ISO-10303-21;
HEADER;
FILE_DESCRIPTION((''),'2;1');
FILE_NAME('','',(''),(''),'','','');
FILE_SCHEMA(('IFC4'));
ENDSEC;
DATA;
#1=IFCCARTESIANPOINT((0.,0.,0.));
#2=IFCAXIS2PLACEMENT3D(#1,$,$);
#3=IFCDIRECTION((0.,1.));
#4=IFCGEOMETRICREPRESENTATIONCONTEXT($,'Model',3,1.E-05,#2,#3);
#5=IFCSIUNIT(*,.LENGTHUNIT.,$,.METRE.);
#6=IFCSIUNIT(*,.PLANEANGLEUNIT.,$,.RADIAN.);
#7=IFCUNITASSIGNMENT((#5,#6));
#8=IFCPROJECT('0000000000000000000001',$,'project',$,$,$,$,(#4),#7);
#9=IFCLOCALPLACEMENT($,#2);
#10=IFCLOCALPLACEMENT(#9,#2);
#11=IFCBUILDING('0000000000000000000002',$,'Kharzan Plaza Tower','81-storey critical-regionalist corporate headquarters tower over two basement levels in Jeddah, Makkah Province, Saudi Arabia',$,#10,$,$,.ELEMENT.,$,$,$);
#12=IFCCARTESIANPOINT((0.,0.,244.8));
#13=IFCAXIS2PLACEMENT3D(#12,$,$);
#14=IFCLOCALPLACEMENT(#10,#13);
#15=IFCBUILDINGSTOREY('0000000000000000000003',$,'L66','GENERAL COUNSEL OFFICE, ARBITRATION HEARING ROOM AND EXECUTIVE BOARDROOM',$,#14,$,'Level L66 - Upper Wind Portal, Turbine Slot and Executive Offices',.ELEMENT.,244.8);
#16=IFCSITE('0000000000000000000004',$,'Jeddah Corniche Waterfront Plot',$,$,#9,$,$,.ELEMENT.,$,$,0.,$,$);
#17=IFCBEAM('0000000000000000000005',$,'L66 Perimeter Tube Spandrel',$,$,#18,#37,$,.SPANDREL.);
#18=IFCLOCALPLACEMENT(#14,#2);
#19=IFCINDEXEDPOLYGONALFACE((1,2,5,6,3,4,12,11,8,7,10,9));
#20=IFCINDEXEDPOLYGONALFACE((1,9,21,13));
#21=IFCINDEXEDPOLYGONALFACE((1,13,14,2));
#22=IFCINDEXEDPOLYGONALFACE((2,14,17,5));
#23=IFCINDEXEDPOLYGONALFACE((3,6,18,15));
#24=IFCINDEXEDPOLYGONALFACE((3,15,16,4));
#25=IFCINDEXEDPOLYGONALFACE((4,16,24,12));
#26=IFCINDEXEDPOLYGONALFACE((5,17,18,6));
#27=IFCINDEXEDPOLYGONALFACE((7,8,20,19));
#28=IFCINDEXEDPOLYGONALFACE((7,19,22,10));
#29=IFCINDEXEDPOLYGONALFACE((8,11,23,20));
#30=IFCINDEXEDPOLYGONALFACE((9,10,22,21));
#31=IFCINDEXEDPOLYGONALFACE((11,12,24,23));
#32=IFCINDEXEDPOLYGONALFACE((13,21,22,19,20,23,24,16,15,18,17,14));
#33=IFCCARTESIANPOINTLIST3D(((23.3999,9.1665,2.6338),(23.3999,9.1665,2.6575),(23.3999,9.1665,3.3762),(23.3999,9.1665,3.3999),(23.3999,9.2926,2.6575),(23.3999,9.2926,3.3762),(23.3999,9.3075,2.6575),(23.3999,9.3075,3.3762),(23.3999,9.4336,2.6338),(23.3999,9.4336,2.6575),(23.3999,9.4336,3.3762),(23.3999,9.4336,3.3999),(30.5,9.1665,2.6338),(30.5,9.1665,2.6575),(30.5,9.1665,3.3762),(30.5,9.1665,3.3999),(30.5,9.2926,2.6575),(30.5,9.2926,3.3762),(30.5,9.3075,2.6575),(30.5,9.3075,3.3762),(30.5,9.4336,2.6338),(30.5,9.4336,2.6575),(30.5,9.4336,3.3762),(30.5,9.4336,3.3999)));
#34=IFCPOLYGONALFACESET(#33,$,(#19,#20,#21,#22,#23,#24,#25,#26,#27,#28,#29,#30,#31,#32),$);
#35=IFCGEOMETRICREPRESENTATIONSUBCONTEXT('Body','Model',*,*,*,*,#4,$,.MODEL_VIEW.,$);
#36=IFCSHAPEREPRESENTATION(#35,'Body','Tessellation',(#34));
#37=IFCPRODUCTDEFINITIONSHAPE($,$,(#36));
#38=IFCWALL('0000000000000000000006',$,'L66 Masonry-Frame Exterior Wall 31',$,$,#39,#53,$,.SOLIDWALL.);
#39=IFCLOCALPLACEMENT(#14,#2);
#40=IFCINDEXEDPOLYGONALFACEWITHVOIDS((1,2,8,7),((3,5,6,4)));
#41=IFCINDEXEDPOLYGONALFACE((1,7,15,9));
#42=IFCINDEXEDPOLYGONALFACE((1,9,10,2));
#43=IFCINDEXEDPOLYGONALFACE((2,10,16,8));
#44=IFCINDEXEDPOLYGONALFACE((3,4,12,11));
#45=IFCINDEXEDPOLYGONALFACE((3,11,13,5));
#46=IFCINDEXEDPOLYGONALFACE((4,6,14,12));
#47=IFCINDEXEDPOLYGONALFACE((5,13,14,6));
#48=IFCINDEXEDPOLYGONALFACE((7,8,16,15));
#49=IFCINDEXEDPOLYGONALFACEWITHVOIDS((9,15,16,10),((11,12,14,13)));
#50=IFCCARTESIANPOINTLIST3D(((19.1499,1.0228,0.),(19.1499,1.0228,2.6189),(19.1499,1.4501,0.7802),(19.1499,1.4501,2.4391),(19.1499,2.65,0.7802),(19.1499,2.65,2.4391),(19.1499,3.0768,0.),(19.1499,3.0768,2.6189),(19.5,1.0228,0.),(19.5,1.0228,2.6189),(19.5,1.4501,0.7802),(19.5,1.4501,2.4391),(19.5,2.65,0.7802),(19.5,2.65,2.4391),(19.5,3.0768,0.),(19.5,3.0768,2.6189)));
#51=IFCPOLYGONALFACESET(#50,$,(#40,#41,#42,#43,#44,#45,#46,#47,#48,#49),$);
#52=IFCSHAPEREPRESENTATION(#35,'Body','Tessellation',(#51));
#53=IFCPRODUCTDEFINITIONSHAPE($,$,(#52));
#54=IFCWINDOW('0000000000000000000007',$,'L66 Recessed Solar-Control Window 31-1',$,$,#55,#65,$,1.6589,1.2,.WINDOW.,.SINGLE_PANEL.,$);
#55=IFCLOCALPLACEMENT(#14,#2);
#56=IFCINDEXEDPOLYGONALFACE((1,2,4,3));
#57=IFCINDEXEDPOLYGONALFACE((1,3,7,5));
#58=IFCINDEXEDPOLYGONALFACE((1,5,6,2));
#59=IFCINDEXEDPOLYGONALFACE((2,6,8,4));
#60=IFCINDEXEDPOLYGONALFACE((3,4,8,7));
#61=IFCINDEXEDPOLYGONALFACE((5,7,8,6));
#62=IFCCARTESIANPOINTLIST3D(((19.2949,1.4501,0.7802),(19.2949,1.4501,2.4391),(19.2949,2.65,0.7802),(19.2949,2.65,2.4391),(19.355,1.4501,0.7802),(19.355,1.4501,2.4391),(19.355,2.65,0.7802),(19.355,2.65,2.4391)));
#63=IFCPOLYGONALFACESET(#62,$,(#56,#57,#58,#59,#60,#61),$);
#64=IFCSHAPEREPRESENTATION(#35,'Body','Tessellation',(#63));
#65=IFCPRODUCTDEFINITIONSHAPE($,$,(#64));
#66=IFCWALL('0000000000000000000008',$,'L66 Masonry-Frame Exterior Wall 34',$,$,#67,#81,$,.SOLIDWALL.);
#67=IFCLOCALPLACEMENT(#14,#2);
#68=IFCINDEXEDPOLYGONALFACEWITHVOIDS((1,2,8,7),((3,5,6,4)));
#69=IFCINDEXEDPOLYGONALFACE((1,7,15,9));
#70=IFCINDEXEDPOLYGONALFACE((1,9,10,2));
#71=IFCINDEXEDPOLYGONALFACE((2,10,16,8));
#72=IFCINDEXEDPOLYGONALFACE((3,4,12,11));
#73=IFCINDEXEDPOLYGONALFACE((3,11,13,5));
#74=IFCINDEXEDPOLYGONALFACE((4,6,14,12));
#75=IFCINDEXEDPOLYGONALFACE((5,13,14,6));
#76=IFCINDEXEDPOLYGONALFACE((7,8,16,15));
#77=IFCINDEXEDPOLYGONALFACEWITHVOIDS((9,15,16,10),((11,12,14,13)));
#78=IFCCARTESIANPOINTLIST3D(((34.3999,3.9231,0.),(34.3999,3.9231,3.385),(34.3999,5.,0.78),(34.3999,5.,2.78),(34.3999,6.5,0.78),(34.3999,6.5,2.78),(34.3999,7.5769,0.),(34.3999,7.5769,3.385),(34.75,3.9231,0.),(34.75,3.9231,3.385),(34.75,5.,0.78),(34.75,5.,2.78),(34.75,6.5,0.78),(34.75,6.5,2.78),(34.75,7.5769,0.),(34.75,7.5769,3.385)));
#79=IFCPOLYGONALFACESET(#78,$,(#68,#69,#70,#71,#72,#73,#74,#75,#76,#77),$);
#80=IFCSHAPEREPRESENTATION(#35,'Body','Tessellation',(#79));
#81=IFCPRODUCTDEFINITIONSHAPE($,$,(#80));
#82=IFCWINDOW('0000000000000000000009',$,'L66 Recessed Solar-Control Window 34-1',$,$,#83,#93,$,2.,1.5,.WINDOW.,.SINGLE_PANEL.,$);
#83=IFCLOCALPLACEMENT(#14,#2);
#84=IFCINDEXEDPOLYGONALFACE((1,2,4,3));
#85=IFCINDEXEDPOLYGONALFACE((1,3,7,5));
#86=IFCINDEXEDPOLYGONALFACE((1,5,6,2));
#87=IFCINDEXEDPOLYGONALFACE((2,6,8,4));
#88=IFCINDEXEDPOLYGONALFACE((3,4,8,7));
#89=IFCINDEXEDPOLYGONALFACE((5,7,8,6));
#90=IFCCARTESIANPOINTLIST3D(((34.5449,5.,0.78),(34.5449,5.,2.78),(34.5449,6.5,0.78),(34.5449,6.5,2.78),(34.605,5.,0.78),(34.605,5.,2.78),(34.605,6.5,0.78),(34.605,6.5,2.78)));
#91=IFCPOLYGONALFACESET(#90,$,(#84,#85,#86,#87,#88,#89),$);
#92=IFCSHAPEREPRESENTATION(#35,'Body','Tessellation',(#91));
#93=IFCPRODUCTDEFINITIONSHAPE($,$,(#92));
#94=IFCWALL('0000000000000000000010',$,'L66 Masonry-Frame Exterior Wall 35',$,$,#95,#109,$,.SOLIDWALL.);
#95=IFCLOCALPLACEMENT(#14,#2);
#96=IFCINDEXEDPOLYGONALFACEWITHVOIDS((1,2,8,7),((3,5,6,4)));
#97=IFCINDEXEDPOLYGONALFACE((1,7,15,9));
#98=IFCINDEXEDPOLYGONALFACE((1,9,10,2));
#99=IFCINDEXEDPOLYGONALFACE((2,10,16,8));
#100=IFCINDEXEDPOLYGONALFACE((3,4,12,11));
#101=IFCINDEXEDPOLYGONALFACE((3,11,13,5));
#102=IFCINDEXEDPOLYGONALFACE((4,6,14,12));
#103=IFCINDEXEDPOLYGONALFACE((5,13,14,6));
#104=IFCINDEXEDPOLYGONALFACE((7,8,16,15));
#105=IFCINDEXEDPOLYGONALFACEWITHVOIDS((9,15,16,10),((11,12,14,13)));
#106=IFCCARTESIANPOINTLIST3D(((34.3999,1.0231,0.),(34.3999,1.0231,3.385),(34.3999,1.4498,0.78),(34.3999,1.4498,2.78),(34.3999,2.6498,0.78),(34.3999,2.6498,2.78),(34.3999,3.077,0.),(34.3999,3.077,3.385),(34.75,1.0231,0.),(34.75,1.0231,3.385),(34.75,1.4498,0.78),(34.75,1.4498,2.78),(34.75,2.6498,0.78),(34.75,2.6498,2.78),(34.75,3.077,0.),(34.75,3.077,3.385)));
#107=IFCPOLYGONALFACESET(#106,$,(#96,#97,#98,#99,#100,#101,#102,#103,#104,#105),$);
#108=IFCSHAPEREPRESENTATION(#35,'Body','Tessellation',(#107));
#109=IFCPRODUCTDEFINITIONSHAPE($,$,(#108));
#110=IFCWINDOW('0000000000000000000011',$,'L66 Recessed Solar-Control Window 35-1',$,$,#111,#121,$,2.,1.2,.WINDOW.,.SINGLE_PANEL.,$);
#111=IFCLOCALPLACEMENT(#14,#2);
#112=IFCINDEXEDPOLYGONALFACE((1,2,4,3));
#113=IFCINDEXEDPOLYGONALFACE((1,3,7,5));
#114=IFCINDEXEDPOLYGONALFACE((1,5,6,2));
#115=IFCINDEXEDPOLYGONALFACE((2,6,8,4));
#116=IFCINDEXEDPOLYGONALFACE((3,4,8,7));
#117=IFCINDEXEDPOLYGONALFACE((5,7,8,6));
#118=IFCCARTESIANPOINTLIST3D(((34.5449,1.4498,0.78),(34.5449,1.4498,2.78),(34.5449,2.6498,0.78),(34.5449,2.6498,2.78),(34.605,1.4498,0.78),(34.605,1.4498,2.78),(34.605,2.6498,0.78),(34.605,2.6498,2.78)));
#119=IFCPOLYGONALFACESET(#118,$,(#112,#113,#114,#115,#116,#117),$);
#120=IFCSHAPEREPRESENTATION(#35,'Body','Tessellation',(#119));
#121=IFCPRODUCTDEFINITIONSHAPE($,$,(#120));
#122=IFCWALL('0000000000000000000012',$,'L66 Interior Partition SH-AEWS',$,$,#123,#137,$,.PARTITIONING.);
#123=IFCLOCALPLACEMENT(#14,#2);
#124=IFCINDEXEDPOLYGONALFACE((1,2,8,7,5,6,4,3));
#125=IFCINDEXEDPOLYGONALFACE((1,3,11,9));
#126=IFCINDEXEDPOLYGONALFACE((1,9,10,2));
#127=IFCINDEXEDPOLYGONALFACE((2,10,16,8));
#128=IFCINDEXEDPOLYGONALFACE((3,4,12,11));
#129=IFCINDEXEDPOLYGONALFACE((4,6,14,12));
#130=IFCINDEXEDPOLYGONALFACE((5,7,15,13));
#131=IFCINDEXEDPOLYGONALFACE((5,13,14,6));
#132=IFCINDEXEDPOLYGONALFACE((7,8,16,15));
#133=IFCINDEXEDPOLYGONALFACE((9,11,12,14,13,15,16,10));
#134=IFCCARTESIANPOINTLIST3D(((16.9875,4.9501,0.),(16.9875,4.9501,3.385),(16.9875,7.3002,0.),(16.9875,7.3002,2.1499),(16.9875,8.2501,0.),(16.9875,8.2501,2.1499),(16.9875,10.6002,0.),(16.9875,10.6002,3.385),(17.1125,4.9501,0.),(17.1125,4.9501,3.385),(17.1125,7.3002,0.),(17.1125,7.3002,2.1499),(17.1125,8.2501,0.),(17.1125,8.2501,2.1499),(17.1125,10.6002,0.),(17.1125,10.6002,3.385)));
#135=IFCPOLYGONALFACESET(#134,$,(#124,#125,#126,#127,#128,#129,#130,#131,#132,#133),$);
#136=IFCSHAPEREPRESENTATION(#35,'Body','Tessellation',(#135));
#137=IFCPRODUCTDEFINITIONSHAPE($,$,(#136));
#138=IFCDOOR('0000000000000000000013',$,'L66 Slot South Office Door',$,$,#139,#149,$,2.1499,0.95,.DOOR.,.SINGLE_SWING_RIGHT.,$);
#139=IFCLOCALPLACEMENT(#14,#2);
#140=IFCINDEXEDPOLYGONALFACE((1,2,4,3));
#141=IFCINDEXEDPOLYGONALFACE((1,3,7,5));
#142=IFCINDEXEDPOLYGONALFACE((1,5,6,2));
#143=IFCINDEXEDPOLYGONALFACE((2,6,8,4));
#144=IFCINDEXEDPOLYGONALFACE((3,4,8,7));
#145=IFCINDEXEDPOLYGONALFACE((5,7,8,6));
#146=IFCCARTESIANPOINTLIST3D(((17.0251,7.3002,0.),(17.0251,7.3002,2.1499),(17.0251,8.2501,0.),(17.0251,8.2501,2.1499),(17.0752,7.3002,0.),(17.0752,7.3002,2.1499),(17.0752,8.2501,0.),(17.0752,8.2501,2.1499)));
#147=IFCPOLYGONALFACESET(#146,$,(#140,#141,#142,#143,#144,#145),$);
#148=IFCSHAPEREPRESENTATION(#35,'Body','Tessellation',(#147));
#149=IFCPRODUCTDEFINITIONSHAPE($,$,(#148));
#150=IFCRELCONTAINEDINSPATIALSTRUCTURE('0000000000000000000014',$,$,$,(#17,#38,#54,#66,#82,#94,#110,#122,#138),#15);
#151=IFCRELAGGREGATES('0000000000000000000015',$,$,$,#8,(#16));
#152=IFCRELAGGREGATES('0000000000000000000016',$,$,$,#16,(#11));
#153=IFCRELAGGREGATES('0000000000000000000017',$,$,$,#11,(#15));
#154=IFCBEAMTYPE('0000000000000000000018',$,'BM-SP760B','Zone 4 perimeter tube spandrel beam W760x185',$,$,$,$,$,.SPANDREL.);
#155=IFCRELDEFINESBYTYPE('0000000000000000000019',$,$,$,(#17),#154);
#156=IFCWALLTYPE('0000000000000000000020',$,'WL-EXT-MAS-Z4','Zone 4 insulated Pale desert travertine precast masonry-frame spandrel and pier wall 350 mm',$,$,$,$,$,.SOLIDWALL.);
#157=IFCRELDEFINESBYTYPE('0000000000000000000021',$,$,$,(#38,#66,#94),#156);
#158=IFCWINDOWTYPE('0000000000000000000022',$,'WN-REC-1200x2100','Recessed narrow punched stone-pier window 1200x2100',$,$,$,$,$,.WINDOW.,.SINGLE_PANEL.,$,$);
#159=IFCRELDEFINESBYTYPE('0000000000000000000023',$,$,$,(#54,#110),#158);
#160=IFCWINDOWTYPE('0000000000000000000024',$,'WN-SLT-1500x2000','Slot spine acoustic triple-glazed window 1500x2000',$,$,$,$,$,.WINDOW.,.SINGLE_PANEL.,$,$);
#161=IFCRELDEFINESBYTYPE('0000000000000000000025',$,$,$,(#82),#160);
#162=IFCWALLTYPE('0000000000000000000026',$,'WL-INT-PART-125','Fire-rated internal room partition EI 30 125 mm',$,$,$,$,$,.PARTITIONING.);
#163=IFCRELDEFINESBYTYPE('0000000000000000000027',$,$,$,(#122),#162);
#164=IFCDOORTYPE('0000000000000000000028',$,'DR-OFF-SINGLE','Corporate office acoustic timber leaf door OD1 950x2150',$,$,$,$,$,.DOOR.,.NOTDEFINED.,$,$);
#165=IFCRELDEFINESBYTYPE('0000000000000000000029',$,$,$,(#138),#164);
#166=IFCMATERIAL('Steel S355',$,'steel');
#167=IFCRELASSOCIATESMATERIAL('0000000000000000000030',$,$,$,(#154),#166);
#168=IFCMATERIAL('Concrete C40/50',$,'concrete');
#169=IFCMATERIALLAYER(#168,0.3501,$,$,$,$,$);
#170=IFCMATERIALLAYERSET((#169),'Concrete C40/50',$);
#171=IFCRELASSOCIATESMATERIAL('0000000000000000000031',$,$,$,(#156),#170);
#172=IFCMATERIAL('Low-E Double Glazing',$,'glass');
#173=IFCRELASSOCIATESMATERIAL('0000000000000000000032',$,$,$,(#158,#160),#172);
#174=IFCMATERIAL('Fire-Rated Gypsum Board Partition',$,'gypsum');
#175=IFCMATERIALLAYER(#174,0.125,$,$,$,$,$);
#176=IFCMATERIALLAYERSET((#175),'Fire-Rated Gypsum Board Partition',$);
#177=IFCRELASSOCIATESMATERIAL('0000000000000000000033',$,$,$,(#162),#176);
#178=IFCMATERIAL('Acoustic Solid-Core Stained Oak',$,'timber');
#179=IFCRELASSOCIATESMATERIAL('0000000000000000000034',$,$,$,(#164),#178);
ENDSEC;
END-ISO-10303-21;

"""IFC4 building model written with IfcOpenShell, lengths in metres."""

from ifc_helpers import new_model, si_unit, direction, frame, frame_2d, origin, origin_2d, place, context, subcontext, project, spatial, rectangle, i_section, extrude, source, transform, mapped, material, layer, layer_set, material_profile, profile_set, type_object, element, fill, save


model = new_model("IFC4")

# Units and contexts
model_context = context("Model", 3, precision=1e-05, world=origin(), true_north=direction((0.0, 1.0)))
body_context = subcontext(model_context, "Body", "Model", "MODEL_VIEW")
ifc_project = project(units=[si_unit("LENGTHUNIT", "METRE"), si_unit("PLANEANGLEUNIT", "RADIAN")], contexts=[model_context])

# Site, building, storey
site_placement = place(None, origin())
site = spatial("IfcSite", under=ifc_project, at=site_placement, Name="Jeddah Corniche Waterfront Plot", CompositionType="ELEMENT", RefElevation=0.0)
building_placement = place(site_placement, origin())
building = spatial("IfcBuilding", under=site, at=building_placement, Name="Kharzan Plaza Tower", Description="81-storey critical-regionalist corporate headquarters tower over two basement levels in Jeddah, Makkah Province, Saudi Arabia", CompositionType="ELEMENT")
storey_placement = place(building_placement, frame((0.0, 0.0, 244.8)))
storey = spatial("IfcBuildingStorey", under=building, at=storey_placement, Name="L66", Description="GENERAL COUNSEL OFFICE, ARBITRATION HEARING ROOM AND EXECUTIVE BOARDROOM", LongName="Level L66 - Upper Wind Portal, Turbine Slot and Executive Offices", CompositionType="ELEMENT", Elevation=244.8)

# Beam
ifc_material_1 = material(Name="Steel S355", Category="steel")
ifc_material_profile_1 = material_profile(ifc_material_1, i_section(OverallWidth=0.2671, OverallDepth=0.7661, WebThickness=0.0149, FlangeThickness=0.0237, at=origin_2d()), Name="W760x185")
ifc_profile_set_1 = profile_set([ifc_material_profile_1], Name="Steel S355")
beam_type_1 = type_object("IfcBeamType", Name="BM-SP760B", Description="Zone 4 perimeter tube spandrel beam W760x185", PredefinedType="SPANDREL", material=ifc_profile_set_1)
shared_shape_1 = source(origin(), body_context, "Body", "SweptSolid", [
    extrude(i_section(OverallWidth=0.2671, OverallDepth=0.7661, WebThickness=0.0149, FlangeThickness=0.0237, at=origin_2d()), origin(), (0.0, 0.0, 1.0), 7.1001),
])
beam_1_placement = place(storey_placement, frame((23.3999, 9.3, 3.0168), z_axis=(1.0, 0.0, 0.0), x_axis=(0.0, 1.0, 0.0)))
element("IfcBeam", 1, at=beam_1_placement, inside=storey, type_object=beam_type_1, Name="L66 Perimeter Tube Spandrel", PredefinedType="SPANDREL", context=body_context, shape_type="MappedRepresentation", body=[
    mapped(shared_shape_1, transform((0.0, 0.0, 0.0), x_axis=(1.0, 0.0, 0.0), y_axis=(0.0, 1.0, 0.0), z_axis=(0.0, 0.0, 1.0))),
])

# Walls, openings, windows
ifc_material_2 = material(Name="Concrete C40/50", Category="concrete")
ifc_layer_1 = layer(ifc_material_2, 0.3501)
ifc_layer_set_1 = layer_set([ifc_layer_1], Name="Concrete C40/50")
wall_type_1 = type_object("IfcWallType", Name="WL-EXT-MAS-Z4", Description="Zone 4 insulated Pale desert travertine precast masonry-frame spandrel and pier wall 350 mm", PredefinedType="SOLIDWALL", material=ifc_layer_set_1)
wall_1_placement = place(storey_placement, frame((19.325, 1.0229, 0.0), z_axis=(0.0, 0.0, 1.0), x_axis=(0.0, 1.0, 0.0)))
wall_1 = element("IfcWall", 2, at=wall_1_placement, inside=storey, type_object=wall_type_1, Name="L66 Masonry-Frame Exterior Wall 31", PredefinedType="SOLIDWALL", context=body_context, shape_type="SweptSolid", body=[
    extrude(rectangle(XDim=2.054, YDim=0.3501, at=frame_2d((1.0269, 0.0))), origin(), (0.0, 0.0, 1.0), 2.6189),
])
opening_1_placement = place(wall_1_placement, frame((0.427, 0.0, 0.78)))
opening_1 = element("IfcOpeningElement", 3, at=opening_1_placement, cuts=wall_1, PredefinedType="OPENING", context=body_context, shape_type="SweptSolid", body=[
    extrude(rectangle(XDim=1.2, YDim=1.6589, at=frame_2d((0.6001, 0.8296))), frame((0.0, 0.1851, 0.0), z_axis=(0.0, -1.0, 0.0), x_axis=(1.0, 0.0, 0.0)), (0.0, 0.0, 1.0), 0.3701),
])
ifc_material_3 = material(Name="Low-E Double Glazing", Category="glass")
window_type_1 = type_object("IfcWindowType", Name="WN-REC-1200x2100", Description="Recessed narrow punched stone-pier window 1200x2100", PartitioningType="SINGLE_PANEL", PredefinedType="WINDOW", material=ifc_material_3)
shared_shape_2 = source(origin(), body_context, "Body", "SweptSolid", [
    extrude(rectangle(XDim=1.2, YDim=1.6589, at=frame_2d((0.6001, 0.8296))), frame((0.0, 0.03, 0.0), z_axis=(0.0, -1.0, 0.0), x_axis=(1.0, 0.0, 0.0)), (0.0, 0.0, 1.0), 0.0601),
])
window_1_placement = place(opening_1_placement, origin())
window_1 = element("IfcWindow", 4, at=window_1_placement, inside=storey, type_object=window_type_1, Name="L66 Recessed Solar-Control Window 31-1", OverallHeight=1.6589, OverallWidth=1.2, PartitioningType="SINGLE_PANEL", PredefinedType="WINDOW", context=body_context, shape_type="MappedRepresentation", body=[
    mapped(shared_shape_2, transform((0.0, 0.0, 0.0), x_axis=(1.0, 0.0, 0.0), y_axis=(0.0, 1.0, 0.0), z_axis=(0.0, 0.0, 1.0))),
])
fill(opening_1, window_1)
wall_2_placement = place(storey_placement, frame((34.575, 7.5769, 0.0), z_axis=(0.0, 0.0, 1.0), x_axis=(0.0, -1.0, 0.0)))
wall_2 = element("IfcWall", 5, at=wall_2_placement, inside=storey, type_object=wall_type_1, Name="L66 Masonry-Frame Exterior Wall 34", PredefinedType="SOLIDWALL", context=body_context, shape_type="SweptSolid", body=[
    extrude(rectangle(XDim=3.6538, YDim=0.3501, at=frame_2d((1.8269, 0.0))), origin(), (0.0, 0.0, 1.0), 3.385),
])
opening_2_placement = place(wall_2_placement, frame((1.0769, 0.0, 0.78)))
opening_2 = element("IfcOpeningElement", 6, at=opening_2_placement, cuts=wall_2, PredefinedType="OPENING", context=body_context, shape_type="SweptSolid", body=[
    extrude(rectangle(XDim=1.5, YDim=2.0, at=frame_2d((0.75, 1.0))), frame((0.0, 0.1851, 0.0), z_axis=(0.0, -1.0, 0.0), x_axis=(1.0, 0.0, 0.0)), (0.0, 0.0, 1.0), 0.3701),
])
window_type_2 = type_object("IfcWindowType", Name="WN-SLT-1500x2000", Description="Slot spine acoustic triple-glazed window 1500x2000", PartitioningType="SINGLE_PANEL", PredefinedType="WINDOW", material=ifc_material_3)
shared_shape_3 = source(origin(), body_context, "Body", "SweptSolid", [
    extrude(rectangle(XDim=1.5, YDim=2.0, at=frame_2d((0.75, 1.0))), frame((0.0, 0.03, 0.0), z_axis=(0.0, -1.0, 0.0), x_axis=(1.0, 0.0, 0.0)), (0.0, 0.0, 1.0), 0.0601),
])
window_2_placement = place(opening_2_placement, origin())
window_2 = element("IfcWindow", 7, at=window_2_placement, inside=storey, type_object=window_type_2, Name="L66 Recessed Solar-Control Window 34-1", OverallHeight=2.0, OverallWidth=1.5, PartitioningType="SINGLE_PANEL", PredefinedType="WINDOW", context=body_context, shape_type="MappedRepresentation", body=[
    mapped(shared_shape_3, transform((0.0, 0.0, 0.0), x_axis=(1.0, 0.0, 0.0), y_axis=(0.0, 1.0, 0.0), z_axis=(0.0, 0.0, 1.0))),
])
fill(opening_2, window_2)
wall_3_placement = place(storey_placement, frame((34.575, 3.0769, 0.0), z_axis=(0.0, 0.0, 1.0), x_axis=(0.0, -1.0, 0.0)))
wall_3 = element("IfcWall", 8, at=wall_3_placement, inside=storey, type_object=wall_type_1, Name="L66 Masonry-Frame Exterior Wall 35", PredefinedType="SOLIDWALL", context=body_context, shape_type="SweptSolid", body=[
    extrude(rectangle(XDim=2.054, YDim=0.3501, at=frame_2d((1.0269, 0.0))), origin(), (0.0, 0.0, 1.0), 3.385),
])
opening_3_placement = place(wall_3_placement, frame((0.427, 0.0, 0.78)))
opening_3 = element("IfcOpeningElement", 9, at=opening_3_placement, cuts=wall_3, PredefinedType="OPENING", context=body_context, shape_type="SweptSolid", body=[
    extrude(rectangle(XDim=1.2, YDim=2.0, at=frame_2d((0.6001, 1.0))), frame((0.0, 0.1851, 0.0), z_axis=(0.0, -1.0, 0.0), x_axis=(1.0, 0.0, 0.0)), (0.0, 0.0, 1.0), 0.3701),
])
shared_shape_4 = source(origin(), body_context, "Body", "SweptSolid", [
    extrude(rectangle(XDim=1.2, YDim=2.0, at=frame_2d((0.6001, 1.0))), frame((0.0, 0.03, 0.0), z_axis=(0.0, -1.0, 0.0), x_axis=(1.0, 0.0, 0.0)), (0.0, 0.0, 1.0), 0.0601),
])
window_3_placement = place(opening_3_placement, origin())
window_3 = element("IfcWindow", 10, at=window_3_placement, inside=storey, type_object=window_type_1, Name="L66 Recessed Solar-Control Window 35-1", OverallHeight=2.0, OverallWidth=1.2, PartitioningType="SINGLE_PANEL", PredefinedType="WINDOW", context=body_context, shape_type="MappedRepresentation", body=[
    mapped(shared_shape_4, transform((0.0, 0.0, 0.0), x_axis=(1.0, 0.0, 0.0), y_axis=(0.0, 1.0, 0.0), z_axis=(0.0, 0.0, 1.0))),
])
fill(opening_3, window_3)

# Wall, opening, door
ifc_material_4 = material(Name="Fire-Rated Gypsum Board Partition", Category="gypsum")
ifc_layer_2 = layer(ifc_material_4, 0.125)
ifc_layer_set_2 = layer_set([ifc_layer_2], Name="Fire-Rated Gypsum Board Partition")
wall_type_2 = type_object("IfcWallType", Name="WL-INT-PART-125", Description="Fire-rated internal room partition EI 30 125 mm", PredefinedType="PARTITIONING", material=ifc_layer_set_2)
wall_4_placement = place(storey_placement, frame((17.05, 4.95, 0.0), z_axis=(0.0, 0.0, 1.0), x_axis=(0.0, 1.0, 0.0)))
wall_4 = element("IfcWall", 11, at=wall_4_placement, inside=storey, type_object=wall_type_2, Name="L66 Interior Partition SH-AEWS", PredefinedType="PARTITIONING", context=body_context, shape_type="SweptSolid", body=[
    extrude(rectangle(XDim=5.6501, YDim=0.125, at=frame_2d((2.8252, 0.0))), origin(), (0.0, 0.0, 1.0), 3.385),
])
opening_4_placement = place(wall_4_placement, frame((2.3501, 0.0, 0.0)))
opening_4 = element("IfcOpeningElement", 12, at=opening_4_placement, cuts=wall_4, PredefinedType="OPENING", context=body_context, shape_type="SweptSolid", body=[
    extrude(rectangle(XDim=0.95, YDim=2.1499, at=frame_2d((0.4751, 1.075))), frame((0.0, 0.0725, 0.0), z_axis=(0.0, -1.0, 0.0), x_axis=(1.0, 0.0, 0.0)), (0.0, 0.0, 1.0), 0.145),
])
ifc_material_5 = material(Name="Acoustic Solid-Core Stained Oak", Category="timber")
door_type = type_object("IfcDoorType", Name="DR-OFF-SINGLE", Description="Corporate office acoustic timber leaf door OD1 950x2150", OperationType="NOTDEFINED", PredefinedType="DOOR", material=ifc_material_5)
shared_shape_5 = source(origin(), body_context, "Body", "SweptSolid", [
    extrude(rectangle(XDim=0.95, YDim=2.1499, at=frame_2d((0.4751, 1.075))), frame((0.0, 0.0249, 0.0), z_axis=(0.0, -1.0, 0.0), x_axis=(1.0, 0.0, 0.0)), (0.0, 0.0, 1.0), 0.05),
])
door_1_placement = place(opening_4_placement, origin())
door_1 = element("IfcDoor", 13, at=door_1_placement, inside=storey, type_object=door_type, Name="L66 Slot South Office Door", OperationType="SINGLE_SWING_RIGHT", OverallHeight=2.1499, OverallWidth=0.95, PredefinedType="DOOR", context=body_context, shape_type="MappedRepresentation", body=[
    mapped(shared_shape_5, transform((0.0, 0.0, 0.0), x_axis=(1.0, 0.0, 0.0), y_axis=(0.0, 1.0, 0.0), z_axis=(0.0, 0.0, 1.0))),
])
fill(opening_4, door_1)

save(model, "model.ifc")
